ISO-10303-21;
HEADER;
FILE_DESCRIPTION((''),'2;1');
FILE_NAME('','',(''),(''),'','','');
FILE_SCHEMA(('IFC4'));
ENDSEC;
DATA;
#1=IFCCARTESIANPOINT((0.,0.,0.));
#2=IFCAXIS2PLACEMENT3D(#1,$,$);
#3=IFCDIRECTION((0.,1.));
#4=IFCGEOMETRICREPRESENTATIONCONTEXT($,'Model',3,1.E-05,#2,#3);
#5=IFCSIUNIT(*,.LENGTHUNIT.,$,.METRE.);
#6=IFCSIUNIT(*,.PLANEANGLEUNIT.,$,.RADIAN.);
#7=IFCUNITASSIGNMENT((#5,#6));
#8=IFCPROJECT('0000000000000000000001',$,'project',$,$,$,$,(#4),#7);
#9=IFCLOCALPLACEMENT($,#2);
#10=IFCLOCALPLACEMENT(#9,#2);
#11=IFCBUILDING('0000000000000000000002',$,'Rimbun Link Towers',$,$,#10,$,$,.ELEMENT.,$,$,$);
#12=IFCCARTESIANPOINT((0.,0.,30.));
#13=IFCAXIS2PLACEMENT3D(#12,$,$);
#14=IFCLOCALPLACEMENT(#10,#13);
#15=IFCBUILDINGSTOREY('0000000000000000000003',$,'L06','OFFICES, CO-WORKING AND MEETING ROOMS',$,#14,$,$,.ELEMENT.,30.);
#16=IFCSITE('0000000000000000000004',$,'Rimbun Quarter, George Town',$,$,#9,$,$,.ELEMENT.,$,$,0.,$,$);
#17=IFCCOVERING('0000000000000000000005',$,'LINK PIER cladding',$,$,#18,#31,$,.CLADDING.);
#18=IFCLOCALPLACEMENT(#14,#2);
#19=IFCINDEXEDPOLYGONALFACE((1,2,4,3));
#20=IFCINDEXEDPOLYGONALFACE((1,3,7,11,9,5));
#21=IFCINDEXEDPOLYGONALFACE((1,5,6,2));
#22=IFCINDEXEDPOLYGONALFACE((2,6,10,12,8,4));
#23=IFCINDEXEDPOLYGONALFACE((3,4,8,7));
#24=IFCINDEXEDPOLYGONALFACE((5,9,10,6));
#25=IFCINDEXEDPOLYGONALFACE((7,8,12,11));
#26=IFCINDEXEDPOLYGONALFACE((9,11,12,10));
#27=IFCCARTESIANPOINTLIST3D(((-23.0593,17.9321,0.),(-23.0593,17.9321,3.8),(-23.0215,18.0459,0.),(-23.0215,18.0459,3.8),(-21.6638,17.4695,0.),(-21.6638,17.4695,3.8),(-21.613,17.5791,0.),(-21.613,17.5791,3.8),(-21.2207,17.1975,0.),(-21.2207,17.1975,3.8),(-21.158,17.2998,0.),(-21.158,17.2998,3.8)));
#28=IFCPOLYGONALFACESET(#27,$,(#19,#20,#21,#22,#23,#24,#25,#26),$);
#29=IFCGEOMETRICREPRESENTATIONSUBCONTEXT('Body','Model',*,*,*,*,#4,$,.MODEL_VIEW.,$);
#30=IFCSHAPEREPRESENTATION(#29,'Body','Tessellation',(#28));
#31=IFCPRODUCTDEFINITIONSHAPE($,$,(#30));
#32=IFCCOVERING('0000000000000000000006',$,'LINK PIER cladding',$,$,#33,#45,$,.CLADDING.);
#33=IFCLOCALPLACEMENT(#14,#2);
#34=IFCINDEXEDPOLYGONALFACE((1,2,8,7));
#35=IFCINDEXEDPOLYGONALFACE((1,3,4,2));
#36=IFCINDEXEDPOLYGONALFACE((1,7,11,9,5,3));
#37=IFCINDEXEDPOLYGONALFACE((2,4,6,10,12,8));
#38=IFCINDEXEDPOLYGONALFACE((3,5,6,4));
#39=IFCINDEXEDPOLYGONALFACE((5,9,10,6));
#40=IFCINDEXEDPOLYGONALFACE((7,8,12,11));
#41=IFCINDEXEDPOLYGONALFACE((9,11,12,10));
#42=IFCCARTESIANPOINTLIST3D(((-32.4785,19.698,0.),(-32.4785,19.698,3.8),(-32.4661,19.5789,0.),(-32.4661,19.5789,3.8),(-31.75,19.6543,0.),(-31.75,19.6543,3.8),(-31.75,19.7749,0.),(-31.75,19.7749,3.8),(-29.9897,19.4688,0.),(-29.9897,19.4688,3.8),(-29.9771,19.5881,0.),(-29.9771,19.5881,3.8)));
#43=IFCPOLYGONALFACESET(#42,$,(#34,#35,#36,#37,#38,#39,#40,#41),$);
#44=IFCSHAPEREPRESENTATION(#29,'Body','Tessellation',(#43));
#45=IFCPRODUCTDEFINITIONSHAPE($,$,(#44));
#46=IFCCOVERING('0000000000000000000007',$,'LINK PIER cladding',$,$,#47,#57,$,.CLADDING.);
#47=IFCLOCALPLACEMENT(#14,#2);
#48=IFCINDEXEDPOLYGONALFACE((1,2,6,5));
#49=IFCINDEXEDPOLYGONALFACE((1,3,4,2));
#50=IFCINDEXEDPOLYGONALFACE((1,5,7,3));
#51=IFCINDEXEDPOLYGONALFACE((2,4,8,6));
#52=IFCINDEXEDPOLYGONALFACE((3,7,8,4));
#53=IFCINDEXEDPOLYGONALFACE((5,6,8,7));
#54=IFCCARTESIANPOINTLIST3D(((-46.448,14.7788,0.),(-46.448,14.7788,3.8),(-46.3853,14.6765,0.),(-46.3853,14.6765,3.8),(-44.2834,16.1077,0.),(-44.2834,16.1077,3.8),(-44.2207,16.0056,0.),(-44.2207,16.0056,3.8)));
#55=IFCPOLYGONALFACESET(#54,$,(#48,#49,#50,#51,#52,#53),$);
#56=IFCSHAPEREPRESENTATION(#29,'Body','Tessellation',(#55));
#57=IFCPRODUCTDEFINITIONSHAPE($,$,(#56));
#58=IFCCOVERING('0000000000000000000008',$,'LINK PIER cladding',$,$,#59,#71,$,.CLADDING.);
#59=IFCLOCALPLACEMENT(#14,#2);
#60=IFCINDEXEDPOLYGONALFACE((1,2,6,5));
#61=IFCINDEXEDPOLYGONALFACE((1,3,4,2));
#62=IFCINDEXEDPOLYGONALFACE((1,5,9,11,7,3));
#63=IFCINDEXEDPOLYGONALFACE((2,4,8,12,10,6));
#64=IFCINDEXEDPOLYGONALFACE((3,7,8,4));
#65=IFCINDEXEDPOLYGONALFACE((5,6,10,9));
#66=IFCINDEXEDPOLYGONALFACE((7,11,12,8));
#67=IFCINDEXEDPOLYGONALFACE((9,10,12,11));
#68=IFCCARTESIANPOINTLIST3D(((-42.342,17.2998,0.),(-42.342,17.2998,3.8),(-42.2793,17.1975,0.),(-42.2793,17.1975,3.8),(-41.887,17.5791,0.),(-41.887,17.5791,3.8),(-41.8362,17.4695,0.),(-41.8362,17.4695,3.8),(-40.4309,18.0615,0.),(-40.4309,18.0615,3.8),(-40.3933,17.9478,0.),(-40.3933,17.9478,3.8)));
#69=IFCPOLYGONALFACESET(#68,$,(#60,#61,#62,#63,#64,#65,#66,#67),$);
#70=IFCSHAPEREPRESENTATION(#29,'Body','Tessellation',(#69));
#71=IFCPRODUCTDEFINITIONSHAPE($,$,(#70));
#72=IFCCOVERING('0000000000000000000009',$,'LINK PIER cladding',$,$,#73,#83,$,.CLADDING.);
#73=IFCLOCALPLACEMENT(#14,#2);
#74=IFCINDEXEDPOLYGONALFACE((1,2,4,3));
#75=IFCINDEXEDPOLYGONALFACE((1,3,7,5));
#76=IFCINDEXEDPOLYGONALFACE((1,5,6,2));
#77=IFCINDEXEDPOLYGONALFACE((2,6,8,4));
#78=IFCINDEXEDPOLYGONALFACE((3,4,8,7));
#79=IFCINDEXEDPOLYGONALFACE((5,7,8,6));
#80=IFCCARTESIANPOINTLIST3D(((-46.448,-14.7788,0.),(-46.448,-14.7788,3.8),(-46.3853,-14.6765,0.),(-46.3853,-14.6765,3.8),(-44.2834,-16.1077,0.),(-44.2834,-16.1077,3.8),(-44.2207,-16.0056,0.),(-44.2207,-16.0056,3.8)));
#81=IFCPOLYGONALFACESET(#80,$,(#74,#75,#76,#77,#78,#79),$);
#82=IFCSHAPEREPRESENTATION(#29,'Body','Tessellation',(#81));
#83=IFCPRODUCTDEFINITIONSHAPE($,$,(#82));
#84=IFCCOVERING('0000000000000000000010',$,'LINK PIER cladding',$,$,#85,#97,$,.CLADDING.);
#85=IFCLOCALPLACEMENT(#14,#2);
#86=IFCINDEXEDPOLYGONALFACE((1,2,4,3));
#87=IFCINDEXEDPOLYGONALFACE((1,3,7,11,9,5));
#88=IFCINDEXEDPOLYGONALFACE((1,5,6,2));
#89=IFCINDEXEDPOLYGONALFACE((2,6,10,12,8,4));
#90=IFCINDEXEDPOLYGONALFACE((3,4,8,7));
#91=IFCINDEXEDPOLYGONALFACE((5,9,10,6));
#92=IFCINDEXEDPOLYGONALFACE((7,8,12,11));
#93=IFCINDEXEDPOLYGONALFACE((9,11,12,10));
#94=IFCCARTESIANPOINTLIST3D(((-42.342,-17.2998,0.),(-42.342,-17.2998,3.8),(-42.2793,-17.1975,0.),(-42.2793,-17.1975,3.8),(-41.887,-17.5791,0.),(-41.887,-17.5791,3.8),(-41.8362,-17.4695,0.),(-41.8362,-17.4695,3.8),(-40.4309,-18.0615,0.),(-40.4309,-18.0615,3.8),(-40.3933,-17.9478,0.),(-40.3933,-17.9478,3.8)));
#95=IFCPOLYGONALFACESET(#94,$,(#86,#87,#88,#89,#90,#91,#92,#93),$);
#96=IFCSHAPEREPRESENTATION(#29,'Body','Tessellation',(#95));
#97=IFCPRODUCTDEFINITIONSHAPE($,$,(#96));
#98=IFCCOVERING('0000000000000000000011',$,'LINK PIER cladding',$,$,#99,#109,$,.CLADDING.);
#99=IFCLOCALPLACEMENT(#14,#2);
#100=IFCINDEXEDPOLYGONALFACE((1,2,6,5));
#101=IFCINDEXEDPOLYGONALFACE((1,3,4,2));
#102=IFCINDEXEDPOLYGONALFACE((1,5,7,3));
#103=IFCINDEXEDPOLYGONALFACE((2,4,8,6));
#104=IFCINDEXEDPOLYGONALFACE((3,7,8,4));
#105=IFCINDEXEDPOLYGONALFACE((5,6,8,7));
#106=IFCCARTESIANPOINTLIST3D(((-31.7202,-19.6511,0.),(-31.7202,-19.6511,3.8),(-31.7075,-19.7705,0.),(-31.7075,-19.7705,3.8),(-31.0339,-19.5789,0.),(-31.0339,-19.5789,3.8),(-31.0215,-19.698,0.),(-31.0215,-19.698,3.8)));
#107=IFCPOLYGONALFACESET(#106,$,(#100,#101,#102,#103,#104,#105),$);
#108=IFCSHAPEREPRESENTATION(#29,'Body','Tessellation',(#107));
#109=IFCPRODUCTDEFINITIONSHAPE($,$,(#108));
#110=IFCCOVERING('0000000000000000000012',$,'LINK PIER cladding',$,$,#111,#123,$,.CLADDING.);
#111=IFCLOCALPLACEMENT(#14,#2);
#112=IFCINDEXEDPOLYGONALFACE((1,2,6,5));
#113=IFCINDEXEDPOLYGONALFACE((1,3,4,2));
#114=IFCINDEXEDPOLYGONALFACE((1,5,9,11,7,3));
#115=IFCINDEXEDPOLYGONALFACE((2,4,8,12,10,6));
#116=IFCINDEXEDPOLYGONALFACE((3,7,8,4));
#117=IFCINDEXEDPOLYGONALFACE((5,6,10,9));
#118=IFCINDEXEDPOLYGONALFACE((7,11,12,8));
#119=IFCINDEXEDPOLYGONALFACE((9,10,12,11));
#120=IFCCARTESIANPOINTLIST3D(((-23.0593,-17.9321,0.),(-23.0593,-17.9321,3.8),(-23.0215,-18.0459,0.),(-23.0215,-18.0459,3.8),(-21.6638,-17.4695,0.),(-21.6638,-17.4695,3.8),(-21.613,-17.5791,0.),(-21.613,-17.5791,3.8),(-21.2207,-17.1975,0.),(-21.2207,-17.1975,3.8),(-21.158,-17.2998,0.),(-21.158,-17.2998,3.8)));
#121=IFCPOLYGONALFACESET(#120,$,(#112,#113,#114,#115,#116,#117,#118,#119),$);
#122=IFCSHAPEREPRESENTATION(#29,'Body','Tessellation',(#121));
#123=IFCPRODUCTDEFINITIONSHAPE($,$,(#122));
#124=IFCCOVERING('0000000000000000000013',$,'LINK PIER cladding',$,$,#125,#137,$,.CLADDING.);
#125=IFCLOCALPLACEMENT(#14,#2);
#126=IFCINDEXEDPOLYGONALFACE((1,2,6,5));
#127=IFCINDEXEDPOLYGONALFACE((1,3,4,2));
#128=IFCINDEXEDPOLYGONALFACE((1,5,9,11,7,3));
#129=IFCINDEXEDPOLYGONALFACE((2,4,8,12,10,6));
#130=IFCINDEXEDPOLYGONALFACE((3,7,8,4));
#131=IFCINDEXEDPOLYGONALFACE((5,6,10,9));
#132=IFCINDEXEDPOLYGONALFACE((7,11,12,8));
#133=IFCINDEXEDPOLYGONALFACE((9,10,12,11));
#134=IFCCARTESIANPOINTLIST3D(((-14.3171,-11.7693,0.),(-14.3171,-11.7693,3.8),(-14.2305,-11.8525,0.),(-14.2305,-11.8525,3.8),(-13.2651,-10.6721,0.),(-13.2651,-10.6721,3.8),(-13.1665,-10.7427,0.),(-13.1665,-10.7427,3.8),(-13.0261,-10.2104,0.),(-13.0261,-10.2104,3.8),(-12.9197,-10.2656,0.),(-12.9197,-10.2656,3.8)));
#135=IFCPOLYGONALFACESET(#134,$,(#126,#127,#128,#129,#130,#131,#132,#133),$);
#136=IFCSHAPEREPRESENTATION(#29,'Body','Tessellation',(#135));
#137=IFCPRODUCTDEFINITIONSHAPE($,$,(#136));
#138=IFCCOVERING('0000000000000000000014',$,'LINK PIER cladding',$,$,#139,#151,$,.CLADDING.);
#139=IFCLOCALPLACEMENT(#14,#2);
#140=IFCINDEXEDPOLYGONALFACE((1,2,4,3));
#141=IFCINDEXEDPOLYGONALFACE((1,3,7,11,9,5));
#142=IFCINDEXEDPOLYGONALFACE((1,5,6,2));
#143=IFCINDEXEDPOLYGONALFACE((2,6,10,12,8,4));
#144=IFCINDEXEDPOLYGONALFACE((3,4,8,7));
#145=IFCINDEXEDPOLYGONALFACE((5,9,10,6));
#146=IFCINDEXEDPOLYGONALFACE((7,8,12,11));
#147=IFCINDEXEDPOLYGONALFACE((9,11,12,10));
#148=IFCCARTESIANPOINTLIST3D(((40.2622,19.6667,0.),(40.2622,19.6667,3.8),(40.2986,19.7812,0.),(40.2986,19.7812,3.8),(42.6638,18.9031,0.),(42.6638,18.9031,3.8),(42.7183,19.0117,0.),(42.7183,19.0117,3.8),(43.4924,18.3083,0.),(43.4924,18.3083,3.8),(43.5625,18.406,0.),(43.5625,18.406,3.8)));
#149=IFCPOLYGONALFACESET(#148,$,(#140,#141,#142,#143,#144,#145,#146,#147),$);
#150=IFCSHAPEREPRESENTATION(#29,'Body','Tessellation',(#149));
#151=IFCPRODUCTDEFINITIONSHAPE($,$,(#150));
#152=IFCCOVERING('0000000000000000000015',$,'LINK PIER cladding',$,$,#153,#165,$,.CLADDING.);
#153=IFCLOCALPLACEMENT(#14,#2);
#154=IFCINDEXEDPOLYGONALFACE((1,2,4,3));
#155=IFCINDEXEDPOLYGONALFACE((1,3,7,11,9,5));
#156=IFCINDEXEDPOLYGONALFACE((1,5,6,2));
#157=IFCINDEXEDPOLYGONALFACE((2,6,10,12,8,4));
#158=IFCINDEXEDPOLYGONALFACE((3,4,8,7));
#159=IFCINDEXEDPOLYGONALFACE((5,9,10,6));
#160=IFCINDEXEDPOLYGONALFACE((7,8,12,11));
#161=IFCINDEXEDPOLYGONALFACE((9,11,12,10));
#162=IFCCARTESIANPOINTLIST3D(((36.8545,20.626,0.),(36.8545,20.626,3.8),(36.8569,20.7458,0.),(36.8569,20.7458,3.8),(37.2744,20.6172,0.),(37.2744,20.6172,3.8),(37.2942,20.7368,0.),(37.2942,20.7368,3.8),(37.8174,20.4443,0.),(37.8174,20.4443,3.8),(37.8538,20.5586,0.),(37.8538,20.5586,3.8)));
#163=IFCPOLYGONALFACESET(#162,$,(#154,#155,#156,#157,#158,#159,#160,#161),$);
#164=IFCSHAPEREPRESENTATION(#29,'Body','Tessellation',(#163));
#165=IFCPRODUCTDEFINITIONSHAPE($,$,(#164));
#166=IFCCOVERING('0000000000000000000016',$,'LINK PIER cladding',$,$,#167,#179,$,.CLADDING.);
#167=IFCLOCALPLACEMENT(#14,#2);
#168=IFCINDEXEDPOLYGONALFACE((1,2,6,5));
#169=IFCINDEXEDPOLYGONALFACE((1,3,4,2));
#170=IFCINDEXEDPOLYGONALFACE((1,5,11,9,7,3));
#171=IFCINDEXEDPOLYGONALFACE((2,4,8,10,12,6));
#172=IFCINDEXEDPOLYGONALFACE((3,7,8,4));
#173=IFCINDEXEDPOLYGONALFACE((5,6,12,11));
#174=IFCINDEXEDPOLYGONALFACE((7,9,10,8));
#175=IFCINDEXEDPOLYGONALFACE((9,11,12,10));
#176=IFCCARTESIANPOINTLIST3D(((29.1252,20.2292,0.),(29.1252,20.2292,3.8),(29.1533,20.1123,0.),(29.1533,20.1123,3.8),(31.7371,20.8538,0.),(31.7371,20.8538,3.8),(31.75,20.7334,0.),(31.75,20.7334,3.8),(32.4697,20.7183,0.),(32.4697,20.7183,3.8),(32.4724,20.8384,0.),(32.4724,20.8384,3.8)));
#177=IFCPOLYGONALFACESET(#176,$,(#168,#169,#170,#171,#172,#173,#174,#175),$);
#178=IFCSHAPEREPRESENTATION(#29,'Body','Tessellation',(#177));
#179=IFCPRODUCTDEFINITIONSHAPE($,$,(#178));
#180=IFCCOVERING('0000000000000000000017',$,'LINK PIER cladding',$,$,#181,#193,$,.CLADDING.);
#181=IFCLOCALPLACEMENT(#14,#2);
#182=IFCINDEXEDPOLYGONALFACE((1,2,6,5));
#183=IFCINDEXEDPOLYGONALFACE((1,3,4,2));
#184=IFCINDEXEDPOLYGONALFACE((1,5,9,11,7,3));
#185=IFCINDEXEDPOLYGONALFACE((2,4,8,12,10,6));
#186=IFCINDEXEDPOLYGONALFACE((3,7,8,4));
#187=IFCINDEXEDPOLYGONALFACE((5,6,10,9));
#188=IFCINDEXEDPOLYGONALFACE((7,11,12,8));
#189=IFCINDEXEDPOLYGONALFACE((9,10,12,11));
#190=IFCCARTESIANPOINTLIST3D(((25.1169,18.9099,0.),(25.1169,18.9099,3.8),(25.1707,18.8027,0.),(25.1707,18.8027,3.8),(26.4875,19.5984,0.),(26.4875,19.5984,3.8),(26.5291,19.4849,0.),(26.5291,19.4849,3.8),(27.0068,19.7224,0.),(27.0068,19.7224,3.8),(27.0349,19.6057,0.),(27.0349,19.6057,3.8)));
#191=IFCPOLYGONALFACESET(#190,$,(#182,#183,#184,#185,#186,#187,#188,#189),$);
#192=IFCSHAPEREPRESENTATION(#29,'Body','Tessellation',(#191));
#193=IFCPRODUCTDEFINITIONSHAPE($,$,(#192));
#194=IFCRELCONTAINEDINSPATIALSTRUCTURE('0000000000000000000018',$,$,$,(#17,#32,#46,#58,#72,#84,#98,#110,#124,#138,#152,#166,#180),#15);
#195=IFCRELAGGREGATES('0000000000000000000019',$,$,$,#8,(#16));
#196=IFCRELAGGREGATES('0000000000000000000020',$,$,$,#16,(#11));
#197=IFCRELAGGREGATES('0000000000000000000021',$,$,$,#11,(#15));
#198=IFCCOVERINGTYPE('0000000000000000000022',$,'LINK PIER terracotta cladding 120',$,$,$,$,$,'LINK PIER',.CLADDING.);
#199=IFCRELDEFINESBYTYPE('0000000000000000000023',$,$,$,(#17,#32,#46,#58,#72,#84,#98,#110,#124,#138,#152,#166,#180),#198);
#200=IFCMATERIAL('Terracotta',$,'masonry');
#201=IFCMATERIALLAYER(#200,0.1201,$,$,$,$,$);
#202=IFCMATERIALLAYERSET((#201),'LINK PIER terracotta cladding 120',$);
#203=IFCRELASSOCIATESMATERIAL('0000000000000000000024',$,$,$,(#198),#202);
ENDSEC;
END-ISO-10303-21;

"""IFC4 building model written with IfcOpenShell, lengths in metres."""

from ifc_helpers import new_model, si_unit, direction, frame, origin, place, context, subcontext, project, spatial, polyline, outline, extrude, material, layer, layer_set, type_object, element, save


model = new_model("IFC4")

# Units and contexts
model_context = context("Model", 3, precision=1e-05, world=origin(), true_north=direction((0.0, 1.0)))
body_context = subcontext(model_context, "Body", "Model", "MODEL_VIEW")
ifc_project = project(units=[si_unit("LENGTHUNIT", "METRE"), si_unit("PLANEANGLEUNIT", "RADIAN")], contexts=[model_context])

# Site, building, storey
site_placement = place(None, origin())
site = spatial("IfcSite", under=ifc_project, at=site_placement, Name="Rimbun Quarter, George Town", CompositionType="ELEMENT", RefElevation=0.0)
building_placement = place(site_placement, origin())
building = spatial("IfcBuilding", under=site, at=building_placement, Name="Rimbun Link Towers", CompositionType="ELEMENT")
storey_placement = place(building_placement, frame((0.0, 0.0, 30.0)))
storey = spatial("IfcBuildingStorey", under=building, at=storey_placement, Name="L06", Description="OFFICES, CO-WORKING AND MEETING ROOMS", CompositionType="ELEMENT", Elevation=30.0)

# Coverings
ifc_material_1 = material(Name="Terracotta", Category="masonry")
ifc_layer_1 = layer(ifc_material_1, 0.1201)
ifc_layer_set_1 = layer_set([ifc_layer_1], Name="LINK PIER terracotta cladding 120")
covering_type = type_object("IfcCoveringType", Name="LINK PIER terracotta cladding 120", ElementType="LINK PIER", PredefinedType="CLADDING", material=ifc_layer_set_1)
covering_1_placement = place(storey_placement, origin())
element("IfcCovering", 1, at=covering_1_placement, inside=storey, type_object=covering_type, Name="LINK PIER cladding", PredefinedType="CLADDING", context=body_context, shape_type="SweptSolid", body=[
    extrude(outline(polyline([(-23.0593, 17.9321), (-21.6638, 17.4695), (-21.2207, 17.1975), (-21.158, 17.2998), (-21.613, 17.5791), (-23.0215, 18.0459), (-23.0593, 17.9321)])), origin(), (0.0, 0.0, 1.0), 3.8),
])
covering_2_placement = place(storey_placement, origin())
element("IfcCovering", 2, at=covering_2_placement, inside=storey, type_object=covering_type, Name="LINK PIER cladding", PredefinedType="CLADDING", context=body_context, shape_type="SweptSolid", body=[
    extrude(outline(polyline([(-32.4661, 19.5789), (-31.75, 19.6543), (-29.9897, 19.4688), (-29.9771, 19.5881), (-31.75, 19.7749), (-32.4785, 19.698), (-32.4661, 19.5789)])), origin(), (0.0, 0.0, 1.0), 3.8),
])
covering_3_placement = place(storey_placement, origin())
element("IfcCovering", 3, at=covering_3_placement, inside=storey, type_object=covering_type, Name="LINK PIER cladding", PredefinedType="CLADDING", context=body_context, shape_type="SweptSolid", body=[
    extrude(outline(polyline([(-46.3853, 14.6765), (-44.2207, 16.0056), (-44.2834, 16.1077), (-46.448, 14.7788), (-46.3853, 14.6765)])), origin(), (0.0, 0.0, 1.0), 3.8),
])
covering_4_placement = place(storey_placement, origin())
element("IfcCovering", 4, at=covering_4_placement, inside=storey, type_object=covering_type, Name="LINK PIER cladding", PredefinedType="CLADDING", context=body_context, shape_type="SweptSolid", body=[
    extrude(outline(polyline([(-42.2793, 17.1975), (-41.8362, 17.4695), (-40.3933, 17.9478), (-40.4309, 18.0615), (-41.887, 17.5791), (-42.342, 17.2998), (-42.2793, 17.1975)])), origin(), (0.0, 0.0, 1.0), 3.8),
])
covering_5_placement = place(storey_placement, origin())
element("IfcCovering", 5, at=covering_5_placement, inside=storey, type_object=covering_type, Name="LINK PIER cladding", PredefinedType="CLADDING", context=body_context, shape_type="SweptSolid", body=[
    extrude(outline(polyline([(-44.2207, -16.0056), (-46.3853, -14.6765), (-46.448, -14.7788), (-44.2834, -16.1077), (-44.2207, -16.0056)])), origin(), (0.0, 0.0, 1.0), 3.8),
])
covering_6_placement = place(storey_placement, origin())
element("IfcCovering", 6, at=covering_6_placement, inside=storey, type_object=covering_type, Name="LINK PIER cladding", PredefinedType="CLADDING", context=body_context, shape_type="SweptSolid", body=[
    extrude(outline(polyline([(-40.3933, -17.9478), (-41.8362, -17.4695), (-42.2793, -17.1975), (-42.342, -17.2998), (-41.887, -17.5791), (-40.4309, -18.0615), (-40.3933, -17.9478)])), origin(), (0.0, 0.0, 1.0), 3.8),
])
covering_7_placement = place(storey_placement, origin())
element("IfcCovering", 7, at=covering_7_placement, inside=storey, type_object=covering_type, Name="LINK PIER cladding", PredefinedType="CLADDING", context=body_context, shape_type="SweptSolid", body=[
    extrude(outline(polyline([(-31.0339, -19.5789), (-31.7202, -19.6511), (-31.7075, -19.7705), (-31.0215, -19.698), (-31.0339, -19.5789)])), origin(), (0.0, 0.0, 1.0), 3.8),
])
covering_8_placement = place(storey_placement, origin())
element("IfcCovering", 8, at=covering_8_placement, inside=storey, type_object=covering_type, Name="LINK PIER cladding", PredefinedType="CLADDING", context=body_context, shape_type="SweptSolid", body=[
    extrude(outline(polyline([(-21.2207, -17.1975), (-21.6638, -17.4695), (-23.0593, -17.9321), (-23.0215, -18.0459), (-21.613, -17.5791), (-21.158, -17.2998), (-21.2207, -17.1975)])), origin(), (0.0, 0.0, 1.0), 3.8),
])
covering_9_placement = place(storey_placement, origin())
element("IfcCovering", 9, at=covering_9_placement, inside=storey, type_object=covering_type, Name="LINK PIER cladding", PredefinedType="CLADDING", context=body_context, shape_type="SweptSolid", body=[
    extrude(outline(polyline([(-13.0261, -10.2104), (-13.2651, -10.6721), (-14.3171, -11.7693), (-14.2305, -11.8525), (-13.1665, -10.7427), (-12.9197, -10.2656), (-13.0261, -10.2104)])), origin(), (0.0, 0.0, 1.0), 3.8),
])
covering_10_placement = place(storey_placement, origin())
element("IfcCovering", 10, at=covering_10_placement, inside=storey, type_object=covering_type, Name="LINK PIER cladding", PredefinedType="CLADDING", context=body_context, shape_type="SweptSolid", body=[
    extrude(outline(polyline([(40.2622, 19.6667), (42.6638, 18.9031), (43.4924, 18.3083), (43.5625, 18.406), (42.7183, 19.0117), (40.2986, 19.7812), (40.2622, 19.6667)])), origin(), (0.0, 0.0, 1.0), 3.8),
])
covering_11_placement = place(storey_placement, origin())
element("IfcCovering", 11, at=covering_11_placement, inside=storey, type_object=covering_type, Name="LINK PIER cladding", PredefinedType="CLADDING", context=body_context, shape_type="SweptSolid", body=[
    extrude(outline(polyline([(36.8545, 20.626), (37.2744, 20.6172), (37.8174, 20.4443), (37.8538, 20.5586), (37.2942, 20.7368), (36.8569, 20.7458), (36.8545, 20.626)])), origin(), (0.0, 0.0, 1.0), 3.8),
])
covering_12_placement = place(storey_placement, origin())
element("IfcCovering", 12, at=covering_12_placement, inside=storey, type_object=covering_type, Name="LINK PIER cladding", PredefinedType="CLADDING", context=body_context, shape_type="SweptSolid", body=[
    extrude(outline(polyline([(29.1533, 20.1123), (31.75, 20.7334), (32.4697, 20.7183), (32.4724, 20.8384), (31.7371, 20.8538), (29.1252, 20.2292), (29.1533, 20.1123)])), origin(), (0.0, 0.0, 1.0), 3.8),
])
covering_13_placement = place(storey_placement, origin())
element("IfcCovering", 13, at=covering_13_placement, inside=storey, type_object=covering_type, Name="LINK PIER cladding", PredefinedType="CLADDING", context=body_context, shape_type="SweptSolid", body=[
    extrude(outline(polyline([(25.1707, 18.8027), (26.5291, 19.4849), (27.0349, 19.6057), (27.0068, 19.7224), (26.4875, 19.5984), (25.1169, 18.9099), (25.1707, 18.8027)])), origin(), (0.0, 0.0, 1.0), 3.8),
])

save(model, "model.ifc")
